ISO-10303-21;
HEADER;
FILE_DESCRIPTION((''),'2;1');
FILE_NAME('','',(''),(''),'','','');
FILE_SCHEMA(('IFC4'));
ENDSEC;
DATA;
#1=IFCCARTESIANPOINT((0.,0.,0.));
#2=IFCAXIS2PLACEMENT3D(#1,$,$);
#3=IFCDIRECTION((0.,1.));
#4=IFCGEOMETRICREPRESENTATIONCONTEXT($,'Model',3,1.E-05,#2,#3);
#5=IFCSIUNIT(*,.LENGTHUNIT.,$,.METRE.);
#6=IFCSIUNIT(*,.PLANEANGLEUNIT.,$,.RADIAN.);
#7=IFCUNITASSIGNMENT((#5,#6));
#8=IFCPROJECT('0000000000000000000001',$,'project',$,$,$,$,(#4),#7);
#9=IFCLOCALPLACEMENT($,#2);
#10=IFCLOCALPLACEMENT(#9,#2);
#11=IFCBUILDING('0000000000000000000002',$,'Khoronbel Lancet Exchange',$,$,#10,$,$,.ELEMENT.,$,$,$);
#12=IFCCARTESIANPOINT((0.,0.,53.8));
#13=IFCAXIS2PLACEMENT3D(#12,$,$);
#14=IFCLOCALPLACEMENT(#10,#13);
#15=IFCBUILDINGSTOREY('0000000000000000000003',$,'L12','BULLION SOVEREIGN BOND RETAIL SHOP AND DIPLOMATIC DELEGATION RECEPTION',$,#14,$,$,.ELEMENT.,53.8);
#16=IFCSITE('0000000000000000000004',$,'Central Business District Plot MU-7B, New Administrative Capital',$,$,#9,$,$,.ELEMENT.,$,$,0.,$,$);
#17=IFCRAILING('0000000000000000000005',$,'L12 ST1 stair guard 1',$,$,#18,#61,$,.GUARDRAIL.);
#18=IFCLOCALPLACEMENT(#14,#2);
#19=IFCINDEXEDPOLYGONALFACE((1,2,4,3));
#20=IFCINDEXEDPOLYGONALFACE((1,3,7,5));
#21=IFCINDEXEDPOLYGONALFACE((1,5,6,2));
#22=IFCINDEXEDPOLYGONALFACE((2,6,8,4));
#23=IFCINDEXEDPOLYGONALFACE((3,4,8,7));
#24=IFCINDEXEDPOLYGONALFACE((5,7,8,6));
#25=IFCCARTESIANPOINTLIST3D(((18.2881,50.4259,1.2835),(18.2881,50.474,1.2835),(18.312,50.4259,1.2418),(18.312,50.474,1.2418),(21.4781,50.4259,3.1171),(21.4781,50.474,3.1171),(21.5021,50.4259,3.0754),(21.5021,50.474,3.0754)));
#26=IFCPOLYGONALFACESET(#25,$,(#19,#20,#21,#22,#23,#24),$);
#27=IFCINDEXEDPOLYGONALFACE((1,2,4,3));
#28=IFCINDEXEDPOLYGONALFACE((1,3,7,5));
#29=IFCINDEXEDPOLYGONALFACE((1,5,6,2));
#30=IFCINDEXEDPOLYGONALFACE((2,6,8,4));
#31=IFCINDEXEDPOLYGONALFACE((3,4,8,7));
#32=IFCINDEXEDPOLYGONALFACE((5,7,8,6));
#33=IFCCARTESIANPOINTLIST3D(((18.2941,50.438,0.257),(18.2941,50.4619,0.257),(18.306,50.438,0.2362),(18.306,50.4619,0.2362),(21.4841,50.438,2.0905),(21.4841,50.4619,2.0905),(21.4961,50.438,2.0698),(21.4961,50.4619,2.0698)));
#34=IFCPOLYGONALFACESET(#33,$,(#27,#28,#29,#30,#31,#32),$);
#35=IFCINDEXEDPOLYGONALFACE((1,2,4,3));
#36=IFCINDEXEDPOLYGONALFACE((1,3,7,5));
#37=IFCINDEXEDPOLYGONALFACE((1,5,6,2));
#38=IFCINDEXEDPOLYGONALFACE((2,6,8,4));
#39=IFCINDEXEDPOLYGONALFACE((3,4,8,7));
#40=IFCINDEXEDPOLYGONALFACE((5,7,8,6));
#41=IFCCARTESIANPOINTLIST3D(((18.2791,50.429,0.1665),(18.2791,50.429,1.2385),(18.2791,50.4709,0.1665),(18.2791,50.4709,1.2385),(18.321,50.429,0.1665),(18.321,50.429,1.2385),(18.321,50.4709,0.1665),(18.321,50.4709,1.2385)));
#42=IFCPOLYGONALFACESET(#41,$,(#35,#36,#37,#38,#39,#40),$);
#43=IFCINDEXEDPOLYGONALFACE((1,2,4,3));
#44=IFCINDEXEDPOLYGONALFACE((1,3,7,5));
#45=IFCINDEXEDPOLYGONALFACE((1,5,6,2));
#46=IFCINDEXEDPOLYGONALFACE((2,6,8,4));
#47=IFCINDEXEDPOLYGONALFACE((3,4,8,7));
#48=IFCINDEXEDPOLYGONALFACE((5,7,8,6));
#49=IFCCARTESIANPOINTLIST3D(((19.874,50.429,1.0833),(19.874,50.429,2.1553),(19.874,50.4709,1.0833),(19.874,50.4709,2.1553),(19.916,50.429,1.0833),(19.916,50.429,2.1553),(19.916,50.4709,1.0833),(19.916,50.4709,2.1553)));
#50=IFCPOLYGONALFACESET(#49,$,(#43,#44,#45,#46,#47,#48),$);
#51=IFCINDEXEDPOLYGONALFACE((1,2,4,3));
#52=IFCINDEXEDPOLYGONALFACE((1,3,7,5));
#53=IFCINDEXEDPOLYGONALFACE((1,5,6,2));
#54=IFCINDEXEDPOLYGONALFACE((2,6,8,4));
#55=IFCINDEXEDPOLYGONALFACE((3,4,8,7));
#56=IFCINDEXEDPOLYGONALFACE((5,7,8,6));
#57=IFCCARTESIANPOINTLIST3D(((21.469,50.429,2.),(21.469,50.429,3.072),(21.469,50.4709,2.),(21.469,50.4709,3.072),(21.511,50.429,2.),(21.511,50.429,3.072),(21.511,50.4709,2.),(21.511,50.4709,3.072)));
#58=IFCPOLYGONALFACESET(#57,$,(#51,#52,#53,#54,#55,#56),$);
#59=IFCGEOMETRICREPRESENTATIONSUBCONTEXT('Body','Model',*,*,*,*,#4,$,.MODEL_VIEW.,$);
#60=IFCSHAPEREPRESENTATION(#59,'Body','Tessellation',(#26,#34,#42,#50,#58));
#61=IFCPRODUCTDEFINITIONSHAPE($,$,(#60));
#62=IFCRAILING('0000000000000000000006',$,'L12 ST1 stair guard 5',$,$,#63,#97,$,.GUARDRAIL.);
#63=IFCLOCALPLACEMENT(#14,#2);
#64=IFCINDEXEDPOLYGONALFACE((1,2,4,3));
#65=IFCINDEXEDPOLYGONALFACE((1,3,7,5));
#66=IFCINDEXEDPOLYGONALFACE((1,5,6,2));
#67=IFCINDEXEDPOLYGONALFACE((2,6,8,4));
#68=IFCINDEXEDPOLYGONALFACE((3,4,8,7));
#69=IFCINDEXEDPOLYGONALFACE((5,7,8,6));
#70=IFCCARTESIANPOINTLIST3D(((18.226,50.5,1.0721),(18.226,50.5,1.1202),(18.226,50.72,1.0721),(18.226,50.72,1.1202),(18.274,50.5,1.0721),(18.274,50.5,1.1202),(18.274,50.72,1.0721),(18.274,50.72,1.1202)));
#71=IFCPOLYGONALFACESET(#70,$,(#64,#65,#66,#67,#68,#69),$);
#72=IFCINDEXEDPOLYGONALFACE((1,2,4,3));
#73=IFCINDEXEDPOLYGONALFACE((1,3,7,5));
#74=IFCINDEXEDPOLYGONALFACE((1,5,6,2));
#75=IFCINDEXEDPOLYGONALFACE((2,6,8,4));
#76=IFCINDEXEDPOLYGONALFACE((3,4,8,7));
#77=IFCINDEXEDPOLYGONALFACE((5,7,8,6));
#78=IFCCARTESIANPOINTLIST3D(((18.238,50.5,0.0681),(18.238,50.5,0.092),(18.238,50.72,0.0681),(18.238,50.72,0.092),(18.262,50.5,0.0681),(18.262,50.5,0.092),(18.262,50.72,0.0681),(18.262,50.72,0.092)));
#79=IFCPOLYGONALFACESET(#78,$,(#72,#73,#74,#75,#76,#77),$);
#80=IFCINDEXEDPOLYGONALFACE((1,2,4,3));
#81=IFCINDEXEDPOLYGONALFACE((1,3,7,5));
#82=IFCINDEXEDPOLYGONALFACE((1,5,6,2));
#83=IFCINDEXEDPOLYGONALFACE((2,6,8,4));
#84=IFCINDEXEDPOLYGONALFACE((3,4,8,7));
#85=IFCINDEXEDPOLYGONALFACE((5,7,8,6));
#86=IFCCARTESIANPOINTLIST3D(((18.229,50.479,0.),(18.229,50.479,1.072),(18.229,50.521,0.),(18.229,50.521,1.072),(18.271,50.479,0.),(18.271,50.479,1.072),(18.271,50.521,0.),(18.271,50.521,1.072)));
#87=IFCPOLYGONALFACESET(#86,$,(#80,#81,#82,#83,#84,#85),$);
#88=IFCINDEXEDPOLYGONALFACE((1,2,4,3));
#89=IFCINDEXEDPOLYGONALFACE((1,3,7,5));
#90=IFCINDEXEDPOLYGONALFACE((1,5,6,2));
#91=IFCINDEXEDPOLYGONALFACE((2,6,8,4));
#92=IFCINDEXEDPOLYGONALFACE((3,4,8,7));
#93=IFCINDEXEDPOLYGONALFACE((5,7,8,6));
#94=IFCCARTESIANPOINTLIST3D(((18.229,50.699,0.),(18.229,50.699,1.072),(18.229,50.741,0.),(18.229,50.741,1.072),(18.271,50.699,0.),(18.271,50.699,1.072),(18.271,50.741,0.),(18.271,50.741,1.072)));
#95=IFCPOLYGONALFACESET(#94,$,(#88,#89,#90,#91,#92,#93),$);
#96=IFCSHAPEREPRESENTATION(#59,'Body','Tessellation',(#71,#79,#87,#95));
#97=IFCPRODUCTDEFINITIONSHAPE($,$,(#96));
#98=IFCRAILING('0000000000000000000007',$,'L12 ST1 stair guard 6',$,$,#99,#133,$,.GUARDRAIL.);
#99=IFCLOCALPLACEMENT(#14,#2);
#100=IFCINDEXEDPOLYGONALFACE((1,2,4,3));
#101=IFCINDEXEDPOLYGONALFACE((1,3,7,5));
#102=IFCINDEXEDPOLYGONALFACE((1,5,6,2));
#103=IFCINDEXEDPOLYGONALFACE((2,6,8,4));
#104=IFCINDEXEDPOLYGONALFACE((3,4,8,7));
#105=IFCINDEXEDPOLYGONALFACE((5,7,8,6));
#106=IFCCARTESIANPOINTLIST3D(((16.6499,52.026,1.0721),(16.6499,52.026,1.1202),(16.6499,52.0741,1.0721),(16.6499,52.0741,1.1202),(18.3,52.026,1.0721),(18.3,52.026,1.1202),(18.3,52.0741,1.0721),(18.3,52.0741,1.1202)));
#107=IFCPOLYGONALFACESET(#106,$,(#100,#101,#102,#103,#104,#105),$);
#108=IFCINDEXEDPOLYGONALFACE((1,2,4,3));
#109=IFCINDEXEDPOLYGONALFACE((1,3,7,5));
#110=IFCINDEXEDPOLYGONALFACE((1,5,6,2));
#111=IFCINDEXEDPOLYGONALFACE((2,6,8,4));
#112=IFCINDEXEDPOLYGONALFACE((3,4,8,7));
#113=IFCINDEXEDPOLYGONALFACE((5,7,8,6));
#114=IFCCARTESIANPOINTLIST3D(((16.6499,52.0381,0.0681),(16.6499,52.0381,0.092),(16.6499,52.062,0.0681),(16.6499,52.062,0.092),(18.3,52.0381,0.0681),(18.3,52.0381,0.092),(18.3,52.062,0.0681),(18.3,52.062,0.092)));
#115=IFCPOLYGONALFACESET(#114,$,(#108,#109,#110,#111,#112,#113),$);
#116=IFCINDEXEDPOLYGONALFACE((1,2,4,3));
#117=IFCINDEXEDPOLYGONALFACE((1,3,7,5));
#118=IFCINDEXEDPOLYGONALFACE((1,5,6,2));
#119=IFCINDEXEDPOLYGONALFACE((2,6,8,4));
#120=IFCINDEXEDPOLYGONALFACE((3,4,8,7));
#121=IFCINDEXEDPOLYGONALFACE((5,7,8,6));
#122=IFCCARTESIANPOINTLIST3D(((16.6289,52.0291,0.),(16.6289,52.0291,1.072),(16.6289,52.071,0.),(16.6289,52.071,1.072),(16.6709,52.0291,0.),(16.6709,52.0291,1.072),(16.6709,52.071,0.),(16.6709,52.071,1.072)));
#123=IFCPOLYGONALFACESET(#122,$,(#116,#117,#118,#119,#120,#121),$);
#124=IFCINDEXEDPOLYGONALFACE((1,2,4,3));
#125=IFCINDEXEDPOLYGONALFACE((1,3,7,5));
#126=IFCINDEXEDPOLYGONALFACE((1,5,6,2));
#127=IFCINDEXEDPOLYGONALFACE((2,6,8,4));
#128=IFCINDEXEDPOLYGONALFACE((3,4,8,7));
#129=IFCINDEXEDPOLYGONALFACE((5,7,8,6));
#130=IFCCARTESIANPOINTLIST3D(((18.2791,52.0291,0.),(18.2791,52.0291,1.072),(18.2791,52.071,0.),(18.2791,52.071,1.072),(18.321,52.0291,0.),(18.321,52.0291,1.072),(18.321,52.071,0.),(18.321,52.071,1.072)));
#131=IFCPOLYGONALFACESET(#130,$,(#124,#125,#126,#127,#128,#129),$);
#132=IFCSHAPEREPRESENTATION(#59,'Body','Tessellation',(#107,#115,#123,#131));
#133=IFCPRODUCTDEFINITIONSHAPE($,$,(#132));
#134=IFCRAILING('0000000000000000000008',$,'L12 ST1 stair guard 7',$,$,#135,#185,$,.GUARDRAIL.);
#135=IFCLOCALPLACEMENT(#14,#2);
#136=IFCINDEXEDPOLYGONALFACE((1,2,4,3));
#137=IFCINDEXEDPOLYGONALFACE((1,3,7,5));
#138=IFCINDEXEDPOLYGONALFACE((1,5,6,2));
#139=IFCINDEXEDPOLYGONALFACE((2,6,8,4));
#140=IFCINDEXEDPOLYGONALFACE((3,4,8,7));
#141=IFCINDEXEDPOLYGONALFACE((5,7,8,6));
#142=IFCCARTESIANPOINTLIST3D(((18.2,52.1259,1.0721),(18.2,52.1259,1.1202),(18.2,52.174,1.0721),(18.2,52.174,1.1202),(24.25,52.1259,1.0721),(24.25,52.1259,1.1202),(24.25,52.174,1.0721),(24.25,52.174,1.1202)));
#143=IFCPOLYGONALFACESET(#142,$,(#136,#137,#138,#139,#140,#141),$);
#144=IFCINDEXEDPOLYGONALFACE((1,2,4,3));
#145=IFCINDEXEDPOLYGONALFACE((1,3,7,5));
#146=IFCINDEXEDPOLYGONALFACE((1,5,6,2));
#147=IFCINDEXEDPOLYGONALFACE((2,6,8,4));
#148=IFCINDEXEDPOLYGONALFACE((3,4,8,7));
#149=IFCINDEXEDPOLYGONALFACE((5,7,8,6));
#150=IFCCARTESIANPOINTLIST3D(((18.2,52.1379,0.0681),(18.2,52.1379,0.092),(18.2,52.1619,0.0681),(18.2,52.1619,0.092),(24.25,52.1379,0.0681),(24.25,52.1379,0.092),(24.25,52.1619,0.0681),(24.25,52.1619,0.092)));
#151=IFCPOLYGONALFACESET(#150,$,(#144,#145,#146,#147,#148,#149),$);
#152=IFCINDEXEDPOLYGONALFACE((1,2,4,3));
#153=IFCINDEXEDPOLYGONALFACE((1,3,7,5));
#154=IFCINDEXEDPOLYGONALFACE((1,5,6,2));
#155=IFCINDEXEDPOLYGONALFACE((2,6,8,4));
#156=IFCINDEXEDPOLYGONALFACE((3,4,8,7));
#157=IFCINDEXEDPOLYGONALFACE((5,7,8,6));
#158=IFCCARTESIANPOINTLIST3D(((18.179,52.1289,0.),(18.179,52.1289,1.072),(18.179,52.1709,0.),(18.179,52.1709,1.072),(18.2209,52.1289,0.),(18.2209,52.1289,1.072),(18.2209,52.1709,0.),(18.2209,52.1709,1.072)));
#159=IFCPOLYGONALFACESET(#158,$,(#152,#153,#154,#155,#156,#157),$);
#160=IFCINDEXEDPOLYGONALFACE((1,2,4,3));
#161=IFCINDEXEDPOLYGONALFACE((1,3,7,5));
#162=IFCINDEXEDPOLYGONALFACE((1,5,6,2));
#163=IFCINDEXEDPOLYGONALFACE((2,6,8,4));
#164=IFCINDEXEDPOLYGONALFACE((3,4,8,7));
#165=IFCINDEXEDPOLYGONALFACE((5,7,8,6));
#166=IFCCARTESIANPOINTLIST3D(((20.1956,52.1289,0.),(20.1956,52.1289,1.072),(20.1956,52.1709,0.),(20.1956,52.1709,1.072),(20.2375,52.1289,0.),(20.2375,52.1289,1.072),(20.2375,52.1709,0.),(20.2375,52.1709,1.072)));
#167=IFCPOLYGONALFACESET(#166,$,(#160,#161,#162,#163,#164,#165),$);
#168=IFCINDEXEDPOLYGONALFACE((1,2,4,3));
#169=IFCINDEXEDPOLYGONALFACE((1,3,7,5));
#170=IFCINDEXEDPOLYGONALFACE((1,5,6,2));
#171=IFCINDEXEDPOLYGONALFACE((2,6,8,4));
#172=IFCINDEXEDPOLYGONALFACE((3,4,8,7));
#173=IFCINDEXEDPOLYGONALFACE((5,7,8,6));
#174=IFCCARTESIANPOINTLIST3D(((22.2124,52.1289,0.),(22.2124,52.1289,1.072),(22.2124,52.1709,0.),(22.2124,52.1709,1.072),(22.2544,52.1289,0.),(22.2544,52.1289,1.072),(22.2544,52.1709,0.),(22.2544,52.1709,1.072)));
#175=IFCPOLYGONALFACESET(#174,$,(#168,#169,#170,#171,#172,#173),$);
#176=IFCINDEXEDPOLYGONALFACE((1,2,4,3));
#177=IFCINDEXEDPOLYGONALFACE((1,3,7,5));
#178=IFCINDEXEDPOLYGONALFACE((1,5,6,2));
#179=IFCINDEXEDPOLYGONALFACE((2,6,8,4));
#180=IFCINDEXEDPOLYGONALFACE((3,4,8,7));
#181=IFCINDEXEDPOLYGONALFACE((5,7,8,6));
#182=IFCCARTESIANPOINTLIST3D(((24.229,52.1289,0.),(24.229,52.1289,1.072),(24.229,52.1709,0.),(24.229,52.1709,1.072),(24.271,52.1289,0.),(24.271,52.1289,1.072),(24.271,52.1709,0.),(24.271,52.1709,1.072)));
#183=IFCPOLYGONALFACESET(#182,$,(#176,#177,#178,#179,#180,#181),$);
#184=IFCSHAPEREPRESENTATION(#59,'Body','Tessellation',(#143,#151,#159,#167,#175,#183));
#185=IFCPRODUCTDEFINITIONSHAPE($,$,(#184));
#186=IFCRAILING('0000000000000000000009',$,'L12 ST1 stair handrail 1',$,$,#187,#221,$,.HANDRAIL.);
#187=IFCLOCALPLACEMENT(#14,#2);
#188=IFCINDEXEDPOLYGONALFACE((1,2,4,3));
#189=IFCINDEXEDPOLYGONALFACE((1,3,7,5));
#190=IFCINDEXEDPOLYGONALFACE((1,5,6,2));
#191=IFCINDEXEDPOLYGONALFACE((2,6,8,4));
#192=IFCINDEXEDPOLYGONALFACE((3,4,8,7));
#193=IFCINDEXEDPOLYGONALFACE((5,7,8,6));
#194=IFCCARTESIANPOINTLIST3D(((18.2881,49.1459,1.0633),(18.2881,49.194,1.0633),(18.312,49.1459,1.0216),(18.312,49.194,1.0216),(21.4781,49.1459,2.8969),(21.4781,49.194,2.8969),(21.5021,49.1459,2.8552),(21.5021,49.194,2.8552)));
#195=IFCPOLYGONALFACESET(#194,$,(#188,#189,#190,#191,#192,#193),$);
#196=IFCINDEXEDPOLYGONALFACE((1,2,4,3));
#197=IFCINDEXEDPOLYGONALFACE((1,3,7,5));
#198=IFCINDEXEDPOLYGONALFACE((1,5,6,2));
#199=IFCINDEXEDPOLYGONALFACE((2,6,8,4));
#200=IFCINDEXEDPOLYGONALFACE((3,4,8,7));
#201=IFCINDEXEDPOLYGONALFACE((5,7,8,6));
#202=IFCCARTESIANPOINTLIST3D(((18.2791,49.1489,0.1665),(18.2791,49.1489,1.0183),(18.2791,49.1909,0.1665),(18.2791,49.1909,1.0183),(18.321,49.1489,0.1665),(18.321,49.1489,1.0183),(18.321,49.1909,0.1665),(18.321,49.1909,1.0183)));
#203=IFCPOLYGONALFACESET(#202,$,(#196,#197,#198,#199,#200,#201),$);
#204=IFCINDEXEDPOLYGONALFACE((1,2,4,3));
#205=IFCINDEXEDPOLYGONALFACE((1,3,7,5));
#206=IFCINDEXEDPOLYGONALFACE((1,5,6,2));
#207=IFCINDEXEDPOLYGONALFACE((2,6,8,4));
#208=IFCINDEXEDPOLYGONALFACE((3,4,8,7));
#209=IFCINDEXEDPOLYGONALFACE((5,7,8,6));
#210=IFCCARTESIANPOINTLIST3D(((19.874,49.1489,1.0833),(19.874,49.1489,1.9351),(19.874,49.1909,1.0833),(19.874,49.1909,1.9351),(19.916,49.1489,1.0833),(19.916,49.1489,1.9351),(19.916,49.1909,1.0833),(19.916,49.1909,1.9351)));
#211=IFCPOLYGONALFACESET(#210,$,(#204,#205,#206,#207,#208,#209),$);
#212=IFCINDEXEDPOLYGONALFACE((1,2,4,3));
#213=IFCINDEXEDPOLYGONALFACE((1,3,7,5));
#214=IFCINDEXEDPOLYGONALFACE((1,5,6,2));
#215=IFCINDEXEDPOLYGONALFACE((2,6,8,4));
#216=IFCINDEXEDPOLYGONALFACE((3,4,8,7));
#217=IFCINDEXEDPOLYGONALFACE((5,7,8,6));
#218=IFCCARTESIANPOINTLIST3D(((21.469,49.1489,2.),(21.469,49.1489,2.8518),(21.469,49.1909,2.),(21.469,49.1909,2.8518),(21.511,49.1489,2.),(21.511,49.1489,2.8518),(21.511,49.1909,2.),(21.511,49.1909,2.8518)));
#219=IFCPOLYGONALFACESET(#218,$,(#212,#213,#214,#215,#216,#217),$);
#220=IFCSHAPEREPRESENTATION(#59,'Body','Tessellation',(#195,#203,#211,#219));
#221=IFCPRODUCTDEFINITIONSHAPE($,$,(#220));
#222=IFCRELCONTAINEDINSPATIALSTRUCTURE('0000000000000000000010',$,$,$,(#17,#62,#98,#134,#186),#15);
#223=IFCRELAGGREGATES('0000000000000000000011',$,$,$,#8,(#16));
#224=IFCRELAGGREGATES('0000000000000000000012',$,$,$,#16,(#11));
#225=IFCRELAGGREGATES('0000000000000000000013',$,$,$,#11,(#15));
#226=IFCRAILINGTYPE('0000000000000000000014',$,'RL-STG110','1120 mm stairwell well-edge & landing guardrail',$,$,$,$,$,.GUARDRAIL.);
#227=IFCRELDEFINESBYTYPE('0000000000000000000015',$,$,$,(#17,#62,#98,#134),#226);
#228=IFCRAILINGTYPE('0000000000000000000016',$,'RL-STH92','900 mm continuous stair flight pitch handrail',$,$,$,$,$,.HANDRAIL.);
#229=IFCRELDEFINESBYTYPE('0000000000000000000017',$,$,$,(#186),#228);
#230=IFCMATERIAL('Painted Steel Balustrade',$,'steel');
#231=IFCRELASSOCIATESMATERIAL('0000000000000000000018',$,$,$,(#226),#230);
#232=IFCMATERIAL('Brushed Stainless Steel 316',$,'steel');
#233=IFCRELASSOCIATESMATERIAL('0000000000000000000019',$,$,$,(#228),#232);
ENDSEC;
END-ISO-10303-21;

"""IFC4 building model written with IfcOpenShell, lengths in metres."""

from ifc_helpers import new_model, si_unit, direction, frame, origin, origin_2d, place, context, subcontext, project, spatial, rectangle, extrude, material, type_object, element, save


model = new_model("IFC4")

# Units and contexts
model_context = context("Model", 3, precision=1e-05, world=origin(), true_north=direction((0.0, 1.0)))
body_context = subcontext(model_context, "Body", "Model", "MODEL_VIEW")
ifc_project = project(units=[si_unit("LENGTHUNIT", "METRE"), si_unit("PLANEANGLEUNIT", "RADIAN")], contexts=[model_context])

# Site, building, storey
site_placement = place(None, origin())
site = spatial("IfcSite", under=ifc_project, at=site_placement, Name="Central Business District Plot MU-7B, New Administrative Capital", CompositionType="ELEMENT", RefElevation=0.0)
building_placement = place(site_placement, origin())
building = spatial("IfcBuilding", under=site, at=building_placement, Name="Khoronbel Lancet Exchange", CompositionType="ELEMENT")
storey_placement = place(building_placement, frame((0.0, 0.0, 53.8)))
storey = spatial("IfcBuildingStorey", under=building, at=storey_placement, Name="L12", Description="BULLION SOVEREIGN BOND RETAIL SHOP AND DIPLOMATIC DELEGATION RECEPTION", CompositionType="ELEMENT", Elevation=53.8)

# Railings
ifc_material_1 = material(Name="Painted Steel Balustrade", Category="steel")
railing_type_1 = type_object("IfcRailingType", Name="RL-STG110", Description="1120 mm stairwell well-edge & landing guardrail", PredefinedType="GUARDRAIL", material=ifc_material_1)
railing_1_placement = place(storey_placement, frame((18.3, 50.45, 0.1665)))
element("IfcRailing", 1, at=railing_1_placement, inside=storey, type_object=railing_type_1, Name="L12 ST1 stair guard 1", PredefinedType="GUARDRAIL", context=body_context, shape_type="SweptSolid", body=[
    extrude(rectangle(XDim=0.0481, YDim=0.0481, at=origin_2d()), frame((0.0, 0.0, 1.0962), z_axis=(0.866991, 0.0, 0.498324), x_axis=(0.0, 1.0, 0.0)), (0.0, 0.0, 1.0), 3.6794),
    extrude(rectangle(XDim=0.0239, YDim=0.0239, at=origin_2d()), frame((0.0, 0.0, 0.0801), z_axis=(0.866991, 0.0, 0.498324), x_axis=(0.0, 1.0, 0.0)), (0.0, 0.0, 1.0), 3.6794),
    extrude(rectangle(XDim=0.042, YDim=0.042, at=origin_2d()), origin(), (0.0, 0.0, 1.0), 1.072),
    extrude(rectangle(XDim=0.042, YDim=0.042, at=origin_2d()), frame((1.595, 0.0, 0.9167)), (0.0, 0.0, 1.0), 1.072),
    extrude(rectangle(XDim=0.042, YDim=0.042, at=origin_2d()), frame((3.1899, 0.0, 1.8335)), (0.0, 0.0, 1.0), 1.072),
])
railing_2_placement = place(storey_placement, frame((18.25, 50.5, 0.0)))
element("IfcRailing", 2, at=railing_2_placement, inside=storey, type_object=railing_type_1, Name="L12 ST1 stair guard 5", PredefinedType="GUARDRAIL", context=body_context, shape_type="SweptSolid", body=[
    extrude(rectangle(XDim=0.0481, YDim=0.0481, at=origin_2d()), frame((0.0, 0.0, 1.0962), z_axis=(0.0, 1.0, 0.0), x_axis=(-1.0, 0.0, 0.0)), (0.0, 0.0, 1.0), 0.22),
    extrude(rectangle(XDim=0.0239, YDim=0.0239, at=origin_2d()), frame((0.0, 0.0, 0.0801), z_axis=(0.0, 1.0, 0.0), x_axis=(-1.0, 0.0, 0.0)), (0.0, 0.0, 1.0), 0.22),
    extrude(rectangle(XDim=0.042, YDim=0.042, at=origin_2d()), origin(), (0.0, 0.0, 1.0), 1.072),
    extrude(rectangle(XDim=0.042, YDim=0.042, at=origin_2d()), frame((0.0, 0.22, 0.0)), (0.0, 0.0, 1.0), 1.072),
])
railing_3_placement = place(storey_placement, frame((16.6499, 52.05, 0.0)))
element("IfcRailing", 3, at=railing_3_placement, inside=storey, type_object=railing_type_1, Name="L12 ST1 stair guard 6", PredefinedType="GUARDRAIL", context=body_context, shape_type="SweptSolid", body=[
    extrude(rectangle(XDim=0.0481, YDim=0.0481, at=origin_2d()), frame((0.0, 0.0, 1.0962), z_axis=(1.0, 0.0, 0.0), x_axis=(0.0, 1.0, 0.0)), (0.0, 0.0, 1.0), 1.6501),
    extrude(rectangle(XDim=0.0239, YDim=0.0239, at=origin_2d()), frame((0.0, 0.0, 0.0801), z_axis=(1.0, 0.0, 0.0), x_axis=(0.0, 1.0, 0.0)), (0.0, 0.0, 1.0), 1.6501),
    extrude(rectangle(XDim=0.042, YDim=0.042, at=origin_2d()), origin(), (0.0, 0.0, 1.0), 1.072),
    extrude(rectangle(XDim=0.042, YDim=0.042, at=origin_2d()), frame((1.6501, 0.0, 0.0)), (0.0, 0.0, 1.0), 1.072),
])
railing_4_placement = place(storey_placement, frame((18.2, 52.1499, 0.0)))
element("IfcRailing", 4, at=railing_4_placement, inside=storey, type_object=railing_type_1, Name="L12 ST1 stair guard 7", PredefinedType="GUARDRAIL", context=body_context, shape_type="SweptSolid", body=[
    extrude(rectangle(XDim=0.0481, YDim=0.0481, at=origin_2d()), frame((0.0, 0.0, 1.0962), z_axis=(1.0, 0.0, 0.0), x_axis=(0.0, 1.0, 0.0)), (0.0, 0.0, 1.0), 6.05),
    extrude(rectangle(XDim=0.0239, YDim=0.0239, at=origin_2d()), frame((0.0, 0.0, 0.0801), z_axis=(1.0, 0.0, 0.0), x_axis=(0.0, 1.0, 0.0)), (0.0, 0.0, 1.0), 6.05),
    extrude(rectangle(XDim=0.042, YDim=0.042, at=origin_2d()), origin(), (0.0, 0.0, 1.0), 1.072),
    extrude(rectangle(XDim=0.042, YDim=0.042, at=origin_2d()), frame((2.0166, 0.0, 0.0)), (0.0, 0.0, 1.0), 1.072),
    extrude(rectangle(XDim=0.042, YDim=0.042, at=origin_2d()), frame((4.0334, 0.0, 0.0)), (0.0, 0.0, 1.0), 1.072),
    extrude(rectangle(XDim=0.042, YDim=0.042, at=origin_2d()), frame((6.05, 0.0, 0.0)), (0.0, 0.0, 1.0), 1.072),
])
ifc_material_2 = material(Name="Brushed Stainless Steel 316", Category="steel")
railing_type_2 = type_object("IfcRailingType", Name="RL-STH92", Description="900 mm continuous stair flight pitch handrail", PredefinedType="HANDRAIL", material=ifc_material_2)
railing_5_placement = place(storey_placement, frame((18.3, 49.1699, 0.1665)))
element("IfcRailing", 5, at=railing_5_placement, inside=storey, type_object=railing_type_2, Name="L12 ST1 stair handrail 1", PredefinedType="HANDRAIL", context=body_context, shape_type="SweptSolid", body=[
    extrude(rectangle(XDim=0.0481, YDim=0.0481, at=origin_2d()), frame((0.0, 0.0, 0.876), z_axis=(0.866991, 0.0, 0.498324), x_axis=(0.0, 1.0, 0.0)), (0.0, 0.0, 1.0), 3.6794),
    extrude(rectangle(XDim=0.042, YDim=0.042, at=origin_2d()), origin(), (0.0, 0.0, 1.0), 0.8518),
    extrude(rectangle(XDim=0.042, YDim=0.042, at=origin_2d()), frame((1.595, 0.0, 0.9167)), (0.0, 0.0, 1.0), 0.8518),
    extrude(rectangle(XDim=0.042, YDim=0.042, at=origin_2d()), frame((3.1899, 0.0, 1.8335)), (0.0, 0.0, 1.0), 0.8518),
])

save(model, "model.ifc")
